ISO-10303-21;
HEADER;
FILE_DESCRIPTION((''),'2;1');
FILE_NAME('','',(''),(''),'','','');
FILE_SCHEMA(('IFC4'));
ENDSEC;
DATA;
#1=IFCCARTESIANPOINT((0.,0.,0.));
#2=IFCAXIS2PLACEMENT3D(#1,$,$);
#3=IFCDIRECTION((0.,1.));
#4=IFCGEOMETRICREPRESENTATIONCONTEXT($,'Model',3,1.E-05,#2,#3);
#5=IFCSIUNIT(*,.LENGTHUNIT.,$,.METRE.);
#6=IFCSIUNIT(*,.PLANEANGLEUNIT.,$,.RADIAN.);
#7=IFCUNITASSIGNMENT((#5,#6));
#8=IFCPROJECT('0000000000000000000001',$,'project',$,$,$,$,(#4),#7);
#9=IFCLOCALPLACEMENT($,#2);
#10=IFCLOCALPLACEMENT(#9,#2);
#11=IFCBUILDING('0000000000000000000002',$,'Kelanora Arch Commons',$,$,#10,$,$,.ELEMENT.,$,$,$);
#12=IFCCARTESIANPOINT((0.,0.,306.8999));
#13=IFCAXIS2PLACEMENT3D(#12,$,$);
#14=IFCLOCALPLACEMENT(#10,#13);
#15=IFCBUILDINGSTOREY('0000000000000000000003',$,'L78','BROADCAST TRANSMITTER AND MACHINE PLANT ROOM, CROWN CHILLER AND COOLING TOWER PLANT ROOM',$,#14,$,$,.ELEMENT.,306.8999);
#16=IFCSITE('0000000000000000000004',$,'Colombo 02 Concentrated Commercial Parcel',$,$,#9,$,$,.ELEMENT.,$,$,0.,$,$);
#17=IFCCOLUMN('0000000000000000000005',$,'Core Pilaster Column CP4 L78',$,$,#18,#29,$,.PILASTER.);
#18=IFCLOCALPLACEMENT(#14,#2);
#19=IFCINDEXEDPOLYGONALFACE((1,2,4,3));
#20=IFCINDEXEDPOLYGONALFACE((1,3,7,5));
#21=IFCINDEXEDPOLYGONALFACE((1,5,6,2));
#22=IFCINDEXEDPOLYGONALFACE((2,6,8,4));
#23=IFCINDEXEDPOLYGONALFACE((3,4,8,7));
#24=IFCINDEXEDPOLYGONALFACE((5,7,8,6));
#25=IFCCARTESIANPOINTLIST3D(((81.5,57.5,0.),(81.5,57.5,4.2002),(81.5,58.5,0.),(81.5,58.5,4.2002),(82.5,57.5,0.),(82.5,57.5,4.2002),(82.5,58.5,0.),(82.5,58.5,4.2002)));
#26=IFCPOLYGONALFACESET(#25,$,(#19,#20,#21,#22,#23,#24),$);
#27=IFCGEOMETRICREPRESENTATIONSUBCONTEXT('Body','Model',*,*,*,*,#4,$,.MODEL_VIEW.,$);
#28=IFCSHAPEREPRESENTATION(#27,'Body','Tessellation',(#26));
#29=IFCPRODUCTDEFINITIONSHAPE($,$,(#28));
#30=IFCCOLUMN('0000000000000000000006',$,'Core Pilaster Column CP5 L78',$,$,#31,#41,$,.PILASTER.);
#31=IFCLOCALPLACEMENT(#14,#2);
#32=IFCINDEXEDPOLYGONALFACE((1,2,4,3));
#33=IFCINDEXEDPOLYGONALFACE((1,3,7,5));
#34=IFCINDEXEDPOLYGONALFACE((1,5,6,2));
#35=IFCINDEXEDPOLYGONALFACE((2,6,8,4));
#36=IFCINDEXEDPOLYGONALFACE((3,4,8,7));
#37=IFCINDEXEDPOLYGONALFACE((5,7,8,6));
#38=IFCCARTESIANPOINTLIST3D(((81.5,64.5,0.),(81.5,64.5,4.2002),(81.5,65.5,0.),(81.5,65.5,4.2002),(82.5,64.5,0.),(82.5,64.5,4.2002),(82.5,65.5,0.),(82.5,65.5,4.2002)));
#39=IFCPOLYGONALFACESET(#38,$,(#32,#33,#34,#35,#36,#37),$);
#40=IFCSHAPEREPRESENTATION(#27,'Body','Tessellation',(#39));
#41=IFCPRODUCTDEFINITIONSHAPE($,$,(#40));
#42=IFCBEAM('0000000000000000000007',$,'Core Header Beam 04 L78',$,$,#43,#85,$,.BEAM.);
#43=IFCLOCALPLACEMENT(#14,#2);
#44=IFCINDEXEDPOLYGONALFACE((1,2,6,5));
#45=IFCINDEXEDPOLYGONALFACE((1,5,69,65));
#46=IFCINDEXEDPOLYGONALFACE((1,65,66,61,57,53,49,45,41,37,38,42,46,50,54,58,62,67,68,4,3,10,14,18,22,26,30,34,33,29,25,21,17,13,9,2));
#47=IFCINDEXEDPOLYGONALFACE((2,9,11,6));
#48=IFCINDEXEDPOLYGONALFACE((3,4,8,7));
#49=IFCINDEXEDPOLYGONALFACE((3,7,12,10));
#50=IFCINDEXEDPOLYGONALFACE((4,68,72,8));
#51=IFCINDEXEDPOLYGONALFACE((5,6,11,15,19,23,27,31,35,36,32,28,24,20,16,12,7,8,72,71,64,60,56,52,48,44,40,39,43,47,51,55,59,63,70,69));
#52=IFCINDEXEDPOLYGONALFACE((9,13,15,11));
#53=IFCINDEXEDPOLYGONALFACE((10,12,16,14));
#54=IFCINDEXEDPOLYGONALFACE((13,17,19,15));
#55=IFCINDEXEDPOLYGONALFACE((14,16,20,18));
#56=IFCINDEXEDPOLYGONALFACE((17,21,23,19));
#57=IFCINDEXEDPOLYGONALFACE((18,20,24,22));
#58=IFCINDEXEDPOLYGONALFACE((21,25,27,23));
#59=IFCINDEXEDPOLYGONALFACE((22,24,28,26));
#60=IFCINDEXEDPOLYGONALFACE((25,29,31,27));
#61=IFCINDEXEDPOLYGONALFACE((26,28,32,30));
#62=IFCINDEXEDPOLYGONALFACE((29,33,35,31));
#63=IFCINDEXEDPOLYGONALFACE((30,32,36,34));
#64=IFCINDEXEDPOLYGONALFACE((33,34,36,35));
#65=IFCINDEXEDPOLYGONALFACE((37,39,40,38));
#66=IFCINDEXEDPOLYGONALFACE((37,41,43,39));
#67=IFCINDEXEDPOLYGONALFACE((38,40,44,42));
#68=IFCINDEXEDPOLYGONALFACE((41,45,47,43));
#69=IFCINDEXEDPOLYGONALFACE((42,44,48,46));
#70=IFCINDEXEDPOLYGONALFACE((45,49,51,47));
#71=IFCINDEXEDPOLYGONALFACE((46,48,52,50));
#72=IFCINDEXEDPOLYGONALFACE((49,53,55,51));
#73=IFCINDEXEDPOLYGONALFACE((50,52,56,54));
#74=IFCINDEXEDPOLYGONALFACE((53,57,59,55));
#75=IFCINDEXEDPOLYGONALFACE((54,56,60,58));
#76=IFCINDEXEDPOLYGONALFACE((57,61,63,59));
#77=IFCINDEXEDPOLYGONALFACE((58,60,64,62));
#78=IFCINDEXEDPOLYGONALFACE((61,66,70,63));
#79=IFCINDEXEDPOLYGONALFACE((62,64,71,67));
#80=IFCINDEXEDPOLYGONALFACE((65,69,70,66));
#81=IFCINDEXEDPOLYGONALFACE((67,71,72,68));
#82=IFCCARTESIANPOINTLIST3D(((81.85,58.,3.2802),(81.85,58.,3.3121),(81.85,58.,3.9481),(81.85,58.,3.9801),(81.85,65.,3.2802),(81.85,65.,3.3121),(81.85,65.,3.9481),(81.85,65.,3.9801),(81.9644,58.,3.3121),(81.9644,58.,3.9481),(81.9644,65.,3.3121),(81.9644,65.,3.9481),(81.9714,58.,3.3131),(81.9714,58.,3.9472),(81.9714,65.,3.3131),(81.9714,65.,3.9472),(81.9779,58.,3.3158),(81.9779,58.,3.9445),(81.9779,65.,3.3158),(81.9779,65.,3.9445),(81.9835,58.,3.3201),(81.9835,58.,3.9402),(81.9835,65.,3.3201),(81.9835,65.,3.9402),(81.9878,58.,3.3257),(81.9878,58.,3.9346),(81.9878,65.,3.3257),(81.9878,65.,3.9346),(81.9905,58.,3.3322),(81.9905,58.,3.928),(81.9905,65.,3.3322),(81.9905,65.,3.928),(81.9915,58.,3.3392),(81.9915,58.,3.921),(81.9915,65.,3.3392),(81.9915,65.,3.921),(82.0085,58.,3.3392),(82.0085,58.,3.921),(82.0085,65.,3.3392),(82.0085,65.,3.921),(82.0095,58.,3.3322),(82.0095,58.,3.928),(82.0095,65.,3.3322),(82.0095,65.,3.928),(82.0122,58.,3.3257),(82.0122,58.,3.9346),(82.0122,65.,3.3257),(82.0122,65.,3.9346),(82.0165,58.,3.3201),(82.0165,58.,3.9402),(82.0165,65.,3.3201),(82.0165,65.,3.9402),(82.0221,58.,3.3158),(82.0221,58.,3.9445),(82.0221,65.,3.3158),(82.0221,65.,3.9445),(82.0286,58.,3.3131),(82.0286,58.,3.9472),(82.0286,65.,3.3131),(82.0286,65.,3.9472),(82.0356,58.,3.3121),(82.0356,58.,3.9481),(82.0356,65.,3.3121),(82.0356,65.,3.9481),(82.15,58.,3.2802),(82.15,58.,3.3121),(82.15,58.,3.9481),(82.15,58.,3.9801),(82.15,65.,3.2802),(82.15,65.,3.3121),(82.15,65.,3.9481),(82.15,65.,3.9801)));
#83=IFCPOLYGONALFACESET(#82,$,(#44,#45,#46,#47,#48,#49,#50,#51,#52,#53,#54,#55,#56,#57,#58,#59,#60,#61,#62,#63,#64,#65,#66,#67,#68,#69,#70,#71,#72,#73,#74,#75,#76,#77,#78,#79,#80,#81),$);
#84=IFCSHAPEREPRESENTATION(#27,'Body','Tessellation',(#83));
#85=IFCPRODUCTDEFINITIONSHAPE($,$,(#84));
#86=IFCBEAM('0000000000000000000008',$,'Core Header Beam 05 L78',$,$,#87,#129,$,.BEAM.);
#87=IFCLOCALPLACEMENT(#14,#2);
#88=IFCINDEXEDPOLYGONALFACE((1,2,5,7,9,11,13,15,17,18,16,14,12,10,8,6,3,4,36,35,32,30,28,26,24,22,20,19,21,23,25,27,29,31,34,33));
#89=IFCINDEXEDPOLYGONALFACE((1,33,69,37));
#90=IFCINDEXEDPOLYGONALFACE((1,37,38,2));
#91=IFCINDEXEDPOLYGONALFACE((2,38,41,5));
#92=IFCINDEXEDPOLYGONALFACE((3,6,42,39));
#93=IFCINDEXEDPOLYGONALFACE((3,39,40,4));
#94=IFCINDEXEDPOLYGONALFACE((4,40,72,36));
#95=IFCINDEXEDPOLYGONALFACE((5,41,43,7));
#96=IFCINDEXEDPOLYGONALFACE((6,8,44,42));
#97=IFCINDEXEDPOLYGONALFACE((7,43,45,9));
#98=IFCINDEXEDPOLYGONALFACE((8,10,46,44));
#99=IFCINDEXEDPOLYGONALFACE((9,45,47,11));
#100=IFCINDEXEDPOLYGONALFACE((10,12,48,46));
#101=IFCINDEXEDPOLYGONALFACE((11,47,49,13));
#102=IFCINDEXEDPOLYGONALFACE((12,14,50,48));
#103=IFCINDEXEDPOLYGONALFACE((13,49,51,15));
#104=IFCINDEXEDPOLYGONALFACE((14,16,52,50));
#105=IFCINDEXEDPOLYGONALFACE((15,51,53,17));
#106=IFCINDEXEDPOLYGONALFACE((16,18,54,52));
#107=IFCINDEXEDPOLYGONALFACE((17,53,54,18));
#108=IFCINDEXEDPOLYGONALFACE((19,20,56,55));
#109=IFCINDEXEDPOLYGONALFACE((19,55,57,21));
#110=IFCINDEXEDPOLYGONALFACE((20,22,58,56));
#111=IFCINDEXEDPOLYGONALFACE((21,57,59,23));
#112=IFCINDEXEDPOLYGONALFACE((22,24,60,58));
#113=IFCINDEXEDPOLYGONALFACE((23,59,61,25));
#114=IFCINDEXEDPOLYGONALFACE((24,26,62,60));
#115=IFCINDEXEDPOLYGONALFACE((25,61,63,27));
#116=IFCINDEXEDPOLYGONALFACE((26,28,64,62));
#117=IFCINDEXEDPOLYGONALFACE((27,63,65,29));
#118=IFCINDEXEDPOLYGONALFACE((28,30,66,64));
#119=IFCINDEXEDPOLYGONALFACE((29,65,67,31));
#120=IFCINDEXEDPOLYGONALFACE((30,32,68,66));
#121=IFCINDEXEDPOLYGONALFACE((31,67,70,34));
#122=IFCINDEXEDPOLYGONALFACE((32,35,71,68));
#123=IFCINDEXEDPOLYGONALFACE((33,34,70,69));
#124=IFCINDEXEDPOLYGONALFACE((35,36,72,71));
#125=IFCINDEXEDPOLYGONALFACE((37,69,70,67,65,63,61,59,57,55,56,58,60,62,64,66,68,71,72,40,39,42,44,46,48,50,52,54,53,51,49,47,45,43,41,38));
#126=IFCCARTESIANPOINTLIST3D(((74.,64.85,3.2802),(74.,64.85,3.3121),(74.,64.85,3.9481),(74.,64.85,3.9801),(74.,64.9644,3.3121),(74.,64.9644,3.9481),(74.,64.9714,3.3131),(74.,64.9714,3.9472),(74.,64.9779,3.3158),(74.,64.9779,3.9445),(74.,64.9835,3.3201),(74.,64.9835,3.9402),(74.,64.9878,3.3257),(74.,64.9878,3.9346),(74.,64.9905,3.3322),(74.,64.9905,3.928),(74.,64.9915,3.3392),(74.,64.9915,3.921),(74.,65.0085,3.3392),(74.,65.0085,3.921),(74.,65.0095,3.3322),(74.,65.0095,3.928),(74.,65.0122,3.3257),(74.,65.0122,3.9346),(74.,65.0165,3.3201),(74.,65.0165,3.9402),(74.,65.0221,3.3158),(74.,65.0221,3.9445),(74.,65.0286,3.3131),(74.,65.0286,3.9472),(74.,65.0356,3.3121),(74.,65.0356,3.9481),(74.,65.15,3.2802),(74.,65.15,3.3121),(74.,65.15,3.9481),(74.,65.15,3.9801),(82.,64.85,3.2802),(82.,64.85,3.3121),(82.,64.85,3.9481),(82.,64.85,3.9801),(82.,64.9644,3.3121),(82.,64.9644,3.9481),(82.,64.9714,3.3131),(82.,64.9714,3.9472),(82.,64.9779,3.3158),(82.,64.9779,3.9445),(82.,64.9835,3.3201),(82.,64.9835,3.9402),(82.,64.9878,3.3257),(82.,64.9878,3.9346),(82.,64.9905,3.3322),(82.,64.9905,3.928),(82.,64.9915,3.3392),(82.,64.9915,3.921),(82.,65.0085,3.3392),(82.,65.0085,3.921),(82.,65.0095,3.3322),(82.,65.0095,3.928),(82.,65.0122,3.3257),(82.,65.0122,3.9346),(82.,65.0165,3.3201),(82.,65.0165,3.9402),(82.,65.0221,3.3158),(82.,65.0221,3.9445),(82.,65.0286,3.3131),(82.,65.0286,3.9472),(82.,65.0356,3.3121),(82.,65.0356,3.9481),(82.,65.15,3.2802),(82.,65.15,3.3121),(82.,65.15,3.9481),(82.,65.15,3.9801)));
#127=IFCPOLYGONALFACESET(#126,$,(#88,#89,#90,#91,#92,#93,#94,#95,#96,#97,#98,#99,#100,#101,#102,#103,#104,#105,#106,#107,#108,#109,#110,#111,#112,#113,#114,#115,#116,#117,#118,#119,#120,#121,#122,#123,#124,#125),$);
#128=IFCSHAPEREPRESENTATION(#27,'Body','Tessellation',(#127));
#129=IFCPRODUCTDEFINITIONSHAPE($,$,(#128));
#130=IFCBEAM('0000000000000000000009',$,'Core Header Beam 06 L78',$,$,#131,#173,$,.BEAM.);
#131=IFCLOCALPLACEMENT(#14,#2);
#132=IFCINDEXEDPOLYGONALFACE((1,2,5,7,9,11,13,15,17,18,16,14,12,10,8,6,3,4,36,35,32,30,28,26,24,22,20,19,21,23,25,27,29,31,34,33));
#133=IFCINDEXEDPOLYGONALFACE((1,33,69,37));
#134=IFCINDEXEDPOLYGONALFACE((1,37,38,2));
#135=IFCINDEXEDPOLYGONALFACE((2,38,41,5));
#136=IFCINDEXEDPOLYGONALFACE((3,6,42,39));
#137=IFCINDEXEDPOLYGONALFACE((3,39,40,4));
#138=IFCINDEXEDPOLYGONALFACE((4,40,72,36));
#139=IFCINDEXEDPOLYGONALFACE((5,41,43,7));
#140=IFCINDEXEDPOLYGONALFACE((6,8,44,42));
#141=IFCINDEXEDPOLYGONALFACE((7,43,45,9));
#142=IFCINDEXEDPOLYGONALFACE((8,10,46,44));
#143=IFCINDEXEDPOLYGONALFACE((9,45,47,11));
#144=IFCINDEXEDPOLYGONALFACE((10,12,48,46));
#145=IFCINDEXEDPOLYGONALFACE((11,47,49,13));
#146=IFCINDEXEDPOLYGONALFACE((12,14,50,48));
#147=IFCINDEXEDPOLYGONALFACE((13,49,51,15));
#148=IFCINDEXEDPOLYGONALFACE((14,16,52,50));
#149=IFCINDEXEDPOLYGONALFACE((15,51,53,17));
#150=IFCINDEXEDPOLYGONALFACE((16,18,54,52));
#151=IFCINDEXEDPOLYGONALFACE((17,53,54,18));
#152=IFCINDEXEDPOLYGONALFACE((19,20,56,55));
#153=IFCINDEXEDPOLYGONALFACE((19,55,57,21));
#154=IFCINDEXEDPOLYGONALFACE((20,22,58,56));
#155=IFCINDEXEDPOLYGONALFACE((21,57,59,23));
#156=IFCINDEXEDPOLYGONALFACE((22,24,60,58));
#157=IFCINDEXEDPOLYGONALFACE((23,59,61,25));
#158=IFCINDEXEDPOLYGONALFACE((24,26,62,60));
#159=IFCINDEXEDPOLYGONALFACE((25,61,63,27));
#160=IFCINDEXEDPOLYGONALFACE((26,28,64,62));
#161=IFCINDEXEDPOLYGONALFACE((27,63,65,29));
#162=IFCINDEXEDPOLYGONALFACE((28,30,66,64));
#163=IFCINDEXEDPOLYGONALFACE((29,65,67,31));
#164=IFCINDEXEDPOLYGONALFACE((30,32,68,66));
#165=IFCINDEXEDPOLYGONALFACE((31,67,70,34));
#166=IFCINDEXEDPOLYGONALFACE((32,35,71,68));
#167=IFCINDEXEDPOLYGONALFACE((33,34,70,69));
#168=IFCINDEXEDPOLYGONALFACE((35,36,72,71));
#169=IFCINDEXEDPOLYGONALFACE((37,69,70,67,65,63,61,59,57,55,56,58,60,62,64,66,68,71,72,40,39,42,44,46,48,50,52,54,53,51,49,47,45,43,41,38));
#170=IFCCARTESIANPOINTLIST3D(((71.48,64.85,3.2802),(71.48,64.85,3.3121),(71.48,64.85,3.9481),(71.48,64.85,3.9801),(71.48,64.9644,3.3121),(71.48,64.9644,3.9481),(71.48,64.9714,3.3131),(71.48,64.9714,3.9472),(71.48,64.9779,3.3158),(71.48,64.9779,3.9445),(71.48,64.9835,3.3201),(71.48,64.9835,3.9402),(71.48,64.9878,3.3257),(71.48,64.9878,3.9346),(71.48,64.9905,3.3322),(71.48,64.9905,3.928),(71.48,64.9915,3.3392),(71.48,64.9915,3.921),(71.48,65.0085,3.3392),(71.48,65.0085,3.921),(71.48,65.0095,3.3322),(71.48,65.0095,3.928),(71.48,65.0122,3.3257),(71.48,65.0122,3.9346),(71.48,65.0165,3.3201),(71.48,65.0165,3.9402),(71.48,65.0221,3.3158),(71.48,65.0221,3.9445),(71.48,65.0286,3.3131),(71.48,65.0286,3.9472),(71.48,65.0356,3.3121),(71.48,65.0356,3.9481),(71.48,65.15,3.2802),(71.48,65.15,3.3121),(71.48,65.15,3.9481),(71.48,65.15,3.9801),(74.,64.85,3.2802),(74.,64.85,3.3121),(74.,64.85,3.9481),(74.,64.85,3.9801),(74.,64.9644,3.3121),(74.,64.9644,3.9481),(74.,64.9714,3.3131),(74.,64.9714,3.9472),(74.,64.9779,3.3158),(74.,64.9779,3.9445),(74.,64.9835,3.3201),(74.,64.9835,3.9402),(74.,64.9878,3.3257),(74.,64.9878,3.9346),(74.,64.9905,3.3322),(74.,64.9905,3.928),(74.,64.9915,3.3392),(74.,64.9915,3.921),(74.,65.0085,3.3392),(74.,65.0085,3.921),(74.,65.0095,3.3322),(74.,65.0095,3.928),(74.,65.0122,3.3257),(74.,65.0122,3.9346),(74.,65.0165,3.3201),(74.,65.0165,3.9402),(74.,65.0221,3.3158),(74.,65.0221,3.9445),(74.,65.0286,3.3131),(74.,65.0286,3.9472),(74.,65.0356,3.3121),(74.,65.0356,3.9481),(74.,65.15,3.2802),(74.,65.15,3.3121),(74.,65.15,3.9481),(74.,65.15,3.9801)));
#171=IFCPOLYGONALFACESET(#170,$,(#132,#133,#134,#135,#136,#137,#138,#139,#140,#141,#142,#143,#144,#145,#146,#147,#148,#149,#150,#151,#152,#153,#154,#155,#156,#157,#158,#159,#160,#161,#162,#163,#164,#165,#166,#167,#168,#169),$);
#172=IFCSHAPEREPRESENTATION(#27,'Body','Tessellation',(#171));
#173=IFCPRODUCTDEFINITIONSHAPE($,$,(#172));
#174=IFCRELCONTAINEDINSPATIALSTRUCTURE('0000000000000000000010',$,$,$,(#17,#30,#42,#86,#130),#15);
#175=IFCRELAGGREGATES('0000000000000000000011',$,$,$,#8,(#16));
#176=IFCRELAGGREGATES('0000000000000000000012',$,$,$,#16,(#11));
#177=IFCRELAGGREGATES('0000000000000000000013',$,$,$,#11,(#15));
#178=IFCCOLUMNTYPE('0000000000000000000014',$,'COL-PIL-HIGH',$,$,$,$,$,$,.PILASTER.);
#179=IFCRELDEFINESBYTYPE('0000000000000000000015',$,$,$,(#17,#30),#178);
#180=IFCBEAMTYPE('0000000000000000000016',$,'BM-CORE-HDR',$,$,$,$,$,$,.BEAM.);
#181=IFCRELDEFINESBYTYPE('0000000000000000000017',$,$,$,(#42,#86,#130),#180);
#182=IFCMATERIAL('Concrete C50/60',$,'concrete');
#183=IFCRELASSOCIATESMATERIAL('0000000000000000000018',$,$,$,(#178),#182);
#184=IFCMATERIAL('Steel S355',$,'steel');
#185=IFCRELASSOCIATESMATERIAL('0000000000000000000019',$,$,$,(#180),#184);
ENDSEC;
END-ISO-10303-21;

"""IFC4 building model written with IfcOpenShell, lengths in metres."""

from ifc_helpers import new_model, si_unit, direction, frame, origin, origin_2d, place, context, subcontext, project, spatial, rectangle, i_section, extrude, material, material_profile, profile_set, type_object, element, save


model = new_model("IFC4")

# Units and contexts
model_context = context("Model", 3, precision=1e-05, world=origin(), true_north=direction((0.0, 1.0)))
body_context = subcontext(model_context, "Body", "Model", "MODEL_VIEW")
ifc_project = project(units=[si_unit("LENGTHUNIT", "METRE"), si_unit("PLANEANGLEUNIT", "RADIAN")], contexts=[model_context])

# Site, building, storey
site_placement = place(None, origin())
site = spatial("IfcSite", under=ifc_project, at=site_placement, Name="Colombo 02 Concentrated Commercial Parcel", CompositionType="ELEMENT", RefElevation=0.0)
building_placement = place(site_placement, origin())
building = spatial("IfcBuilding", under=site, at=building_placement, Name="Kelanora Arch Commons", CompositionType="ELEMENT")
storey_placement = place(building_placement, frame((0.0, 0.0, 306.8999)))
storey = spatial("IfcBuildingStorey", under=building, at=storey_placement, Name="L78", Description="BROADCAST TRANSMITTER AND MACHINE PLANT ROOM, CROWN CHILLER AND COOLING TOWER PLANT ROOM", CompositionType="ELEMENT", Elevation=306.8999)

# Columns
ifc_material_1 = material(Name="Concrete C50/60", Category="concrete")
ifc_material_profile_1 = material_profile(ifc_material_1, rectangle(XDim=1.0, YDim=1.0, at=origin_2d()), Name="RC1000x1000")
ifc_profile_set_1 = profile_set([ifc_material_profile_1], Name="Concrete C50/60")
column_type = type_object("IfcColumnType", Name="COL-PIL-HIGH", PredefinedType="PILASTER", material=ifc_profile_set_1)
for number, where, z_axis, x_axis, name in (
    (1, (82.0, 58.0, 0.0), (0.0, 0.0, 1.0), (1.0, 0.0, 0.0), "Core Pilaster Column CP4 L78"),
    (2, (82.0, 65.0, 0.0), (0.0, 0.0, 1.0), (1.0, 0.0, 0.0), "Core Pilaster Column CP5 L78"),
):
    element("IfcColumn", number, at=place(storey_placement, frame(where, z_axis=z_axis, x_axis=x_axis)), inside=storey, type_object=column_type, Name=name, PredefinedType="PILASTER", context=body_context, shape_type="SweptSolid", body=[
        extrude(rectangle(XDim=1.0, YDim=1.0, at=origin_2d()), origin(), (0.0, 0.0, 1.0), 4.2002),
    ])

# Beams
ifc_material_2 = material(Name="Steel S355", Category="steel")
ifc_material_profile_2 = material_profile(ifc_material_2, i_section(OverallWidth=0.3, OverallDepth=0.7, WebThickness=0.0171, FlangeThickness=0.032, FilletRadius=0.0271, at=origin_2d()), Name="HEB700")
ifc_profile_set_2 = profile_set([ifc_material_profile_2], Name="Steel S355")
beam_type_1 = type_object("IfcBeamType", Name="BM-CORE-HDR", PredefinedType="BEAM", material=ifc_profile_set_2)
beam_1_placement = place(storey_placement, frame((82.0, 58.0, 3.6301), z_axis=(0.0, 1.0, 0.0), x_axis=(-1.0, 0.0, 0.0)))
element("IfcBeam", 3, at=beam_1_placement, inside=storey, type_object=beam_type_1, Name="Core Header Beam 04 L78", PredefinedType="BEAM", context=body_context, shape_type="SweptSolid", body=[
    extrude(i_section(OverallWidth=0.3, OverallDepth=0.7, WebThickness=0.0171, FlangeThickness=0.032, FilletRadius=0.0271, at=origin_2d()), origin(), (0.0, 0.0, 1.0), 7.0),
])
beam_2_placement = place(storey_placement, frame((82.0, 65.0, 3.6301), z_axis=(-1.0, 0.0, 0.0), x_axis=(0.0, -1.0, 0.0)))
element("IfcBeam", 4, at=beam_2_placement, inside=storey, type_object=beam_type_1, Name="Core Header Beam 05 L78", PredefinedType="BEAM", context=body_context, shape_type="SweptSolid", body=[
    extrude(i_section(OverallWidth=0.3, OverallDepth=0.7, WebThickness=0.0171, FlangeThickness=0.032, FilletRadius=0.0271, at=origin_2d()), origin(), (0.0, 0.0, 1.0), 8.0),
])
beam_3_placement = place(storey_placement, frame((74.0, 65.0, 3.6301), z_axis=(-1.0, 0.0, 0.0), x_axis=(0.0, -1.0, 0.0)))
element("IfcBeam", 5, at=beam_3_placement, inside=storey, type_object=beam_type_1, Name="Core Header Beam 06 L78", PredefinedType="BEAM", context=body_context, shape_type="SweptSolid", body=[
    extrude(i_section(OverallWidth=0.3, OverallDepth=0.7, WebThickness=0.0171, FlangeThickness=0.032, FilletRadius=0.0271, at=origin_2d()), origin(), (0.0, 0.0, 1.0), 2.52),
])

save(model, "model.ifc")
